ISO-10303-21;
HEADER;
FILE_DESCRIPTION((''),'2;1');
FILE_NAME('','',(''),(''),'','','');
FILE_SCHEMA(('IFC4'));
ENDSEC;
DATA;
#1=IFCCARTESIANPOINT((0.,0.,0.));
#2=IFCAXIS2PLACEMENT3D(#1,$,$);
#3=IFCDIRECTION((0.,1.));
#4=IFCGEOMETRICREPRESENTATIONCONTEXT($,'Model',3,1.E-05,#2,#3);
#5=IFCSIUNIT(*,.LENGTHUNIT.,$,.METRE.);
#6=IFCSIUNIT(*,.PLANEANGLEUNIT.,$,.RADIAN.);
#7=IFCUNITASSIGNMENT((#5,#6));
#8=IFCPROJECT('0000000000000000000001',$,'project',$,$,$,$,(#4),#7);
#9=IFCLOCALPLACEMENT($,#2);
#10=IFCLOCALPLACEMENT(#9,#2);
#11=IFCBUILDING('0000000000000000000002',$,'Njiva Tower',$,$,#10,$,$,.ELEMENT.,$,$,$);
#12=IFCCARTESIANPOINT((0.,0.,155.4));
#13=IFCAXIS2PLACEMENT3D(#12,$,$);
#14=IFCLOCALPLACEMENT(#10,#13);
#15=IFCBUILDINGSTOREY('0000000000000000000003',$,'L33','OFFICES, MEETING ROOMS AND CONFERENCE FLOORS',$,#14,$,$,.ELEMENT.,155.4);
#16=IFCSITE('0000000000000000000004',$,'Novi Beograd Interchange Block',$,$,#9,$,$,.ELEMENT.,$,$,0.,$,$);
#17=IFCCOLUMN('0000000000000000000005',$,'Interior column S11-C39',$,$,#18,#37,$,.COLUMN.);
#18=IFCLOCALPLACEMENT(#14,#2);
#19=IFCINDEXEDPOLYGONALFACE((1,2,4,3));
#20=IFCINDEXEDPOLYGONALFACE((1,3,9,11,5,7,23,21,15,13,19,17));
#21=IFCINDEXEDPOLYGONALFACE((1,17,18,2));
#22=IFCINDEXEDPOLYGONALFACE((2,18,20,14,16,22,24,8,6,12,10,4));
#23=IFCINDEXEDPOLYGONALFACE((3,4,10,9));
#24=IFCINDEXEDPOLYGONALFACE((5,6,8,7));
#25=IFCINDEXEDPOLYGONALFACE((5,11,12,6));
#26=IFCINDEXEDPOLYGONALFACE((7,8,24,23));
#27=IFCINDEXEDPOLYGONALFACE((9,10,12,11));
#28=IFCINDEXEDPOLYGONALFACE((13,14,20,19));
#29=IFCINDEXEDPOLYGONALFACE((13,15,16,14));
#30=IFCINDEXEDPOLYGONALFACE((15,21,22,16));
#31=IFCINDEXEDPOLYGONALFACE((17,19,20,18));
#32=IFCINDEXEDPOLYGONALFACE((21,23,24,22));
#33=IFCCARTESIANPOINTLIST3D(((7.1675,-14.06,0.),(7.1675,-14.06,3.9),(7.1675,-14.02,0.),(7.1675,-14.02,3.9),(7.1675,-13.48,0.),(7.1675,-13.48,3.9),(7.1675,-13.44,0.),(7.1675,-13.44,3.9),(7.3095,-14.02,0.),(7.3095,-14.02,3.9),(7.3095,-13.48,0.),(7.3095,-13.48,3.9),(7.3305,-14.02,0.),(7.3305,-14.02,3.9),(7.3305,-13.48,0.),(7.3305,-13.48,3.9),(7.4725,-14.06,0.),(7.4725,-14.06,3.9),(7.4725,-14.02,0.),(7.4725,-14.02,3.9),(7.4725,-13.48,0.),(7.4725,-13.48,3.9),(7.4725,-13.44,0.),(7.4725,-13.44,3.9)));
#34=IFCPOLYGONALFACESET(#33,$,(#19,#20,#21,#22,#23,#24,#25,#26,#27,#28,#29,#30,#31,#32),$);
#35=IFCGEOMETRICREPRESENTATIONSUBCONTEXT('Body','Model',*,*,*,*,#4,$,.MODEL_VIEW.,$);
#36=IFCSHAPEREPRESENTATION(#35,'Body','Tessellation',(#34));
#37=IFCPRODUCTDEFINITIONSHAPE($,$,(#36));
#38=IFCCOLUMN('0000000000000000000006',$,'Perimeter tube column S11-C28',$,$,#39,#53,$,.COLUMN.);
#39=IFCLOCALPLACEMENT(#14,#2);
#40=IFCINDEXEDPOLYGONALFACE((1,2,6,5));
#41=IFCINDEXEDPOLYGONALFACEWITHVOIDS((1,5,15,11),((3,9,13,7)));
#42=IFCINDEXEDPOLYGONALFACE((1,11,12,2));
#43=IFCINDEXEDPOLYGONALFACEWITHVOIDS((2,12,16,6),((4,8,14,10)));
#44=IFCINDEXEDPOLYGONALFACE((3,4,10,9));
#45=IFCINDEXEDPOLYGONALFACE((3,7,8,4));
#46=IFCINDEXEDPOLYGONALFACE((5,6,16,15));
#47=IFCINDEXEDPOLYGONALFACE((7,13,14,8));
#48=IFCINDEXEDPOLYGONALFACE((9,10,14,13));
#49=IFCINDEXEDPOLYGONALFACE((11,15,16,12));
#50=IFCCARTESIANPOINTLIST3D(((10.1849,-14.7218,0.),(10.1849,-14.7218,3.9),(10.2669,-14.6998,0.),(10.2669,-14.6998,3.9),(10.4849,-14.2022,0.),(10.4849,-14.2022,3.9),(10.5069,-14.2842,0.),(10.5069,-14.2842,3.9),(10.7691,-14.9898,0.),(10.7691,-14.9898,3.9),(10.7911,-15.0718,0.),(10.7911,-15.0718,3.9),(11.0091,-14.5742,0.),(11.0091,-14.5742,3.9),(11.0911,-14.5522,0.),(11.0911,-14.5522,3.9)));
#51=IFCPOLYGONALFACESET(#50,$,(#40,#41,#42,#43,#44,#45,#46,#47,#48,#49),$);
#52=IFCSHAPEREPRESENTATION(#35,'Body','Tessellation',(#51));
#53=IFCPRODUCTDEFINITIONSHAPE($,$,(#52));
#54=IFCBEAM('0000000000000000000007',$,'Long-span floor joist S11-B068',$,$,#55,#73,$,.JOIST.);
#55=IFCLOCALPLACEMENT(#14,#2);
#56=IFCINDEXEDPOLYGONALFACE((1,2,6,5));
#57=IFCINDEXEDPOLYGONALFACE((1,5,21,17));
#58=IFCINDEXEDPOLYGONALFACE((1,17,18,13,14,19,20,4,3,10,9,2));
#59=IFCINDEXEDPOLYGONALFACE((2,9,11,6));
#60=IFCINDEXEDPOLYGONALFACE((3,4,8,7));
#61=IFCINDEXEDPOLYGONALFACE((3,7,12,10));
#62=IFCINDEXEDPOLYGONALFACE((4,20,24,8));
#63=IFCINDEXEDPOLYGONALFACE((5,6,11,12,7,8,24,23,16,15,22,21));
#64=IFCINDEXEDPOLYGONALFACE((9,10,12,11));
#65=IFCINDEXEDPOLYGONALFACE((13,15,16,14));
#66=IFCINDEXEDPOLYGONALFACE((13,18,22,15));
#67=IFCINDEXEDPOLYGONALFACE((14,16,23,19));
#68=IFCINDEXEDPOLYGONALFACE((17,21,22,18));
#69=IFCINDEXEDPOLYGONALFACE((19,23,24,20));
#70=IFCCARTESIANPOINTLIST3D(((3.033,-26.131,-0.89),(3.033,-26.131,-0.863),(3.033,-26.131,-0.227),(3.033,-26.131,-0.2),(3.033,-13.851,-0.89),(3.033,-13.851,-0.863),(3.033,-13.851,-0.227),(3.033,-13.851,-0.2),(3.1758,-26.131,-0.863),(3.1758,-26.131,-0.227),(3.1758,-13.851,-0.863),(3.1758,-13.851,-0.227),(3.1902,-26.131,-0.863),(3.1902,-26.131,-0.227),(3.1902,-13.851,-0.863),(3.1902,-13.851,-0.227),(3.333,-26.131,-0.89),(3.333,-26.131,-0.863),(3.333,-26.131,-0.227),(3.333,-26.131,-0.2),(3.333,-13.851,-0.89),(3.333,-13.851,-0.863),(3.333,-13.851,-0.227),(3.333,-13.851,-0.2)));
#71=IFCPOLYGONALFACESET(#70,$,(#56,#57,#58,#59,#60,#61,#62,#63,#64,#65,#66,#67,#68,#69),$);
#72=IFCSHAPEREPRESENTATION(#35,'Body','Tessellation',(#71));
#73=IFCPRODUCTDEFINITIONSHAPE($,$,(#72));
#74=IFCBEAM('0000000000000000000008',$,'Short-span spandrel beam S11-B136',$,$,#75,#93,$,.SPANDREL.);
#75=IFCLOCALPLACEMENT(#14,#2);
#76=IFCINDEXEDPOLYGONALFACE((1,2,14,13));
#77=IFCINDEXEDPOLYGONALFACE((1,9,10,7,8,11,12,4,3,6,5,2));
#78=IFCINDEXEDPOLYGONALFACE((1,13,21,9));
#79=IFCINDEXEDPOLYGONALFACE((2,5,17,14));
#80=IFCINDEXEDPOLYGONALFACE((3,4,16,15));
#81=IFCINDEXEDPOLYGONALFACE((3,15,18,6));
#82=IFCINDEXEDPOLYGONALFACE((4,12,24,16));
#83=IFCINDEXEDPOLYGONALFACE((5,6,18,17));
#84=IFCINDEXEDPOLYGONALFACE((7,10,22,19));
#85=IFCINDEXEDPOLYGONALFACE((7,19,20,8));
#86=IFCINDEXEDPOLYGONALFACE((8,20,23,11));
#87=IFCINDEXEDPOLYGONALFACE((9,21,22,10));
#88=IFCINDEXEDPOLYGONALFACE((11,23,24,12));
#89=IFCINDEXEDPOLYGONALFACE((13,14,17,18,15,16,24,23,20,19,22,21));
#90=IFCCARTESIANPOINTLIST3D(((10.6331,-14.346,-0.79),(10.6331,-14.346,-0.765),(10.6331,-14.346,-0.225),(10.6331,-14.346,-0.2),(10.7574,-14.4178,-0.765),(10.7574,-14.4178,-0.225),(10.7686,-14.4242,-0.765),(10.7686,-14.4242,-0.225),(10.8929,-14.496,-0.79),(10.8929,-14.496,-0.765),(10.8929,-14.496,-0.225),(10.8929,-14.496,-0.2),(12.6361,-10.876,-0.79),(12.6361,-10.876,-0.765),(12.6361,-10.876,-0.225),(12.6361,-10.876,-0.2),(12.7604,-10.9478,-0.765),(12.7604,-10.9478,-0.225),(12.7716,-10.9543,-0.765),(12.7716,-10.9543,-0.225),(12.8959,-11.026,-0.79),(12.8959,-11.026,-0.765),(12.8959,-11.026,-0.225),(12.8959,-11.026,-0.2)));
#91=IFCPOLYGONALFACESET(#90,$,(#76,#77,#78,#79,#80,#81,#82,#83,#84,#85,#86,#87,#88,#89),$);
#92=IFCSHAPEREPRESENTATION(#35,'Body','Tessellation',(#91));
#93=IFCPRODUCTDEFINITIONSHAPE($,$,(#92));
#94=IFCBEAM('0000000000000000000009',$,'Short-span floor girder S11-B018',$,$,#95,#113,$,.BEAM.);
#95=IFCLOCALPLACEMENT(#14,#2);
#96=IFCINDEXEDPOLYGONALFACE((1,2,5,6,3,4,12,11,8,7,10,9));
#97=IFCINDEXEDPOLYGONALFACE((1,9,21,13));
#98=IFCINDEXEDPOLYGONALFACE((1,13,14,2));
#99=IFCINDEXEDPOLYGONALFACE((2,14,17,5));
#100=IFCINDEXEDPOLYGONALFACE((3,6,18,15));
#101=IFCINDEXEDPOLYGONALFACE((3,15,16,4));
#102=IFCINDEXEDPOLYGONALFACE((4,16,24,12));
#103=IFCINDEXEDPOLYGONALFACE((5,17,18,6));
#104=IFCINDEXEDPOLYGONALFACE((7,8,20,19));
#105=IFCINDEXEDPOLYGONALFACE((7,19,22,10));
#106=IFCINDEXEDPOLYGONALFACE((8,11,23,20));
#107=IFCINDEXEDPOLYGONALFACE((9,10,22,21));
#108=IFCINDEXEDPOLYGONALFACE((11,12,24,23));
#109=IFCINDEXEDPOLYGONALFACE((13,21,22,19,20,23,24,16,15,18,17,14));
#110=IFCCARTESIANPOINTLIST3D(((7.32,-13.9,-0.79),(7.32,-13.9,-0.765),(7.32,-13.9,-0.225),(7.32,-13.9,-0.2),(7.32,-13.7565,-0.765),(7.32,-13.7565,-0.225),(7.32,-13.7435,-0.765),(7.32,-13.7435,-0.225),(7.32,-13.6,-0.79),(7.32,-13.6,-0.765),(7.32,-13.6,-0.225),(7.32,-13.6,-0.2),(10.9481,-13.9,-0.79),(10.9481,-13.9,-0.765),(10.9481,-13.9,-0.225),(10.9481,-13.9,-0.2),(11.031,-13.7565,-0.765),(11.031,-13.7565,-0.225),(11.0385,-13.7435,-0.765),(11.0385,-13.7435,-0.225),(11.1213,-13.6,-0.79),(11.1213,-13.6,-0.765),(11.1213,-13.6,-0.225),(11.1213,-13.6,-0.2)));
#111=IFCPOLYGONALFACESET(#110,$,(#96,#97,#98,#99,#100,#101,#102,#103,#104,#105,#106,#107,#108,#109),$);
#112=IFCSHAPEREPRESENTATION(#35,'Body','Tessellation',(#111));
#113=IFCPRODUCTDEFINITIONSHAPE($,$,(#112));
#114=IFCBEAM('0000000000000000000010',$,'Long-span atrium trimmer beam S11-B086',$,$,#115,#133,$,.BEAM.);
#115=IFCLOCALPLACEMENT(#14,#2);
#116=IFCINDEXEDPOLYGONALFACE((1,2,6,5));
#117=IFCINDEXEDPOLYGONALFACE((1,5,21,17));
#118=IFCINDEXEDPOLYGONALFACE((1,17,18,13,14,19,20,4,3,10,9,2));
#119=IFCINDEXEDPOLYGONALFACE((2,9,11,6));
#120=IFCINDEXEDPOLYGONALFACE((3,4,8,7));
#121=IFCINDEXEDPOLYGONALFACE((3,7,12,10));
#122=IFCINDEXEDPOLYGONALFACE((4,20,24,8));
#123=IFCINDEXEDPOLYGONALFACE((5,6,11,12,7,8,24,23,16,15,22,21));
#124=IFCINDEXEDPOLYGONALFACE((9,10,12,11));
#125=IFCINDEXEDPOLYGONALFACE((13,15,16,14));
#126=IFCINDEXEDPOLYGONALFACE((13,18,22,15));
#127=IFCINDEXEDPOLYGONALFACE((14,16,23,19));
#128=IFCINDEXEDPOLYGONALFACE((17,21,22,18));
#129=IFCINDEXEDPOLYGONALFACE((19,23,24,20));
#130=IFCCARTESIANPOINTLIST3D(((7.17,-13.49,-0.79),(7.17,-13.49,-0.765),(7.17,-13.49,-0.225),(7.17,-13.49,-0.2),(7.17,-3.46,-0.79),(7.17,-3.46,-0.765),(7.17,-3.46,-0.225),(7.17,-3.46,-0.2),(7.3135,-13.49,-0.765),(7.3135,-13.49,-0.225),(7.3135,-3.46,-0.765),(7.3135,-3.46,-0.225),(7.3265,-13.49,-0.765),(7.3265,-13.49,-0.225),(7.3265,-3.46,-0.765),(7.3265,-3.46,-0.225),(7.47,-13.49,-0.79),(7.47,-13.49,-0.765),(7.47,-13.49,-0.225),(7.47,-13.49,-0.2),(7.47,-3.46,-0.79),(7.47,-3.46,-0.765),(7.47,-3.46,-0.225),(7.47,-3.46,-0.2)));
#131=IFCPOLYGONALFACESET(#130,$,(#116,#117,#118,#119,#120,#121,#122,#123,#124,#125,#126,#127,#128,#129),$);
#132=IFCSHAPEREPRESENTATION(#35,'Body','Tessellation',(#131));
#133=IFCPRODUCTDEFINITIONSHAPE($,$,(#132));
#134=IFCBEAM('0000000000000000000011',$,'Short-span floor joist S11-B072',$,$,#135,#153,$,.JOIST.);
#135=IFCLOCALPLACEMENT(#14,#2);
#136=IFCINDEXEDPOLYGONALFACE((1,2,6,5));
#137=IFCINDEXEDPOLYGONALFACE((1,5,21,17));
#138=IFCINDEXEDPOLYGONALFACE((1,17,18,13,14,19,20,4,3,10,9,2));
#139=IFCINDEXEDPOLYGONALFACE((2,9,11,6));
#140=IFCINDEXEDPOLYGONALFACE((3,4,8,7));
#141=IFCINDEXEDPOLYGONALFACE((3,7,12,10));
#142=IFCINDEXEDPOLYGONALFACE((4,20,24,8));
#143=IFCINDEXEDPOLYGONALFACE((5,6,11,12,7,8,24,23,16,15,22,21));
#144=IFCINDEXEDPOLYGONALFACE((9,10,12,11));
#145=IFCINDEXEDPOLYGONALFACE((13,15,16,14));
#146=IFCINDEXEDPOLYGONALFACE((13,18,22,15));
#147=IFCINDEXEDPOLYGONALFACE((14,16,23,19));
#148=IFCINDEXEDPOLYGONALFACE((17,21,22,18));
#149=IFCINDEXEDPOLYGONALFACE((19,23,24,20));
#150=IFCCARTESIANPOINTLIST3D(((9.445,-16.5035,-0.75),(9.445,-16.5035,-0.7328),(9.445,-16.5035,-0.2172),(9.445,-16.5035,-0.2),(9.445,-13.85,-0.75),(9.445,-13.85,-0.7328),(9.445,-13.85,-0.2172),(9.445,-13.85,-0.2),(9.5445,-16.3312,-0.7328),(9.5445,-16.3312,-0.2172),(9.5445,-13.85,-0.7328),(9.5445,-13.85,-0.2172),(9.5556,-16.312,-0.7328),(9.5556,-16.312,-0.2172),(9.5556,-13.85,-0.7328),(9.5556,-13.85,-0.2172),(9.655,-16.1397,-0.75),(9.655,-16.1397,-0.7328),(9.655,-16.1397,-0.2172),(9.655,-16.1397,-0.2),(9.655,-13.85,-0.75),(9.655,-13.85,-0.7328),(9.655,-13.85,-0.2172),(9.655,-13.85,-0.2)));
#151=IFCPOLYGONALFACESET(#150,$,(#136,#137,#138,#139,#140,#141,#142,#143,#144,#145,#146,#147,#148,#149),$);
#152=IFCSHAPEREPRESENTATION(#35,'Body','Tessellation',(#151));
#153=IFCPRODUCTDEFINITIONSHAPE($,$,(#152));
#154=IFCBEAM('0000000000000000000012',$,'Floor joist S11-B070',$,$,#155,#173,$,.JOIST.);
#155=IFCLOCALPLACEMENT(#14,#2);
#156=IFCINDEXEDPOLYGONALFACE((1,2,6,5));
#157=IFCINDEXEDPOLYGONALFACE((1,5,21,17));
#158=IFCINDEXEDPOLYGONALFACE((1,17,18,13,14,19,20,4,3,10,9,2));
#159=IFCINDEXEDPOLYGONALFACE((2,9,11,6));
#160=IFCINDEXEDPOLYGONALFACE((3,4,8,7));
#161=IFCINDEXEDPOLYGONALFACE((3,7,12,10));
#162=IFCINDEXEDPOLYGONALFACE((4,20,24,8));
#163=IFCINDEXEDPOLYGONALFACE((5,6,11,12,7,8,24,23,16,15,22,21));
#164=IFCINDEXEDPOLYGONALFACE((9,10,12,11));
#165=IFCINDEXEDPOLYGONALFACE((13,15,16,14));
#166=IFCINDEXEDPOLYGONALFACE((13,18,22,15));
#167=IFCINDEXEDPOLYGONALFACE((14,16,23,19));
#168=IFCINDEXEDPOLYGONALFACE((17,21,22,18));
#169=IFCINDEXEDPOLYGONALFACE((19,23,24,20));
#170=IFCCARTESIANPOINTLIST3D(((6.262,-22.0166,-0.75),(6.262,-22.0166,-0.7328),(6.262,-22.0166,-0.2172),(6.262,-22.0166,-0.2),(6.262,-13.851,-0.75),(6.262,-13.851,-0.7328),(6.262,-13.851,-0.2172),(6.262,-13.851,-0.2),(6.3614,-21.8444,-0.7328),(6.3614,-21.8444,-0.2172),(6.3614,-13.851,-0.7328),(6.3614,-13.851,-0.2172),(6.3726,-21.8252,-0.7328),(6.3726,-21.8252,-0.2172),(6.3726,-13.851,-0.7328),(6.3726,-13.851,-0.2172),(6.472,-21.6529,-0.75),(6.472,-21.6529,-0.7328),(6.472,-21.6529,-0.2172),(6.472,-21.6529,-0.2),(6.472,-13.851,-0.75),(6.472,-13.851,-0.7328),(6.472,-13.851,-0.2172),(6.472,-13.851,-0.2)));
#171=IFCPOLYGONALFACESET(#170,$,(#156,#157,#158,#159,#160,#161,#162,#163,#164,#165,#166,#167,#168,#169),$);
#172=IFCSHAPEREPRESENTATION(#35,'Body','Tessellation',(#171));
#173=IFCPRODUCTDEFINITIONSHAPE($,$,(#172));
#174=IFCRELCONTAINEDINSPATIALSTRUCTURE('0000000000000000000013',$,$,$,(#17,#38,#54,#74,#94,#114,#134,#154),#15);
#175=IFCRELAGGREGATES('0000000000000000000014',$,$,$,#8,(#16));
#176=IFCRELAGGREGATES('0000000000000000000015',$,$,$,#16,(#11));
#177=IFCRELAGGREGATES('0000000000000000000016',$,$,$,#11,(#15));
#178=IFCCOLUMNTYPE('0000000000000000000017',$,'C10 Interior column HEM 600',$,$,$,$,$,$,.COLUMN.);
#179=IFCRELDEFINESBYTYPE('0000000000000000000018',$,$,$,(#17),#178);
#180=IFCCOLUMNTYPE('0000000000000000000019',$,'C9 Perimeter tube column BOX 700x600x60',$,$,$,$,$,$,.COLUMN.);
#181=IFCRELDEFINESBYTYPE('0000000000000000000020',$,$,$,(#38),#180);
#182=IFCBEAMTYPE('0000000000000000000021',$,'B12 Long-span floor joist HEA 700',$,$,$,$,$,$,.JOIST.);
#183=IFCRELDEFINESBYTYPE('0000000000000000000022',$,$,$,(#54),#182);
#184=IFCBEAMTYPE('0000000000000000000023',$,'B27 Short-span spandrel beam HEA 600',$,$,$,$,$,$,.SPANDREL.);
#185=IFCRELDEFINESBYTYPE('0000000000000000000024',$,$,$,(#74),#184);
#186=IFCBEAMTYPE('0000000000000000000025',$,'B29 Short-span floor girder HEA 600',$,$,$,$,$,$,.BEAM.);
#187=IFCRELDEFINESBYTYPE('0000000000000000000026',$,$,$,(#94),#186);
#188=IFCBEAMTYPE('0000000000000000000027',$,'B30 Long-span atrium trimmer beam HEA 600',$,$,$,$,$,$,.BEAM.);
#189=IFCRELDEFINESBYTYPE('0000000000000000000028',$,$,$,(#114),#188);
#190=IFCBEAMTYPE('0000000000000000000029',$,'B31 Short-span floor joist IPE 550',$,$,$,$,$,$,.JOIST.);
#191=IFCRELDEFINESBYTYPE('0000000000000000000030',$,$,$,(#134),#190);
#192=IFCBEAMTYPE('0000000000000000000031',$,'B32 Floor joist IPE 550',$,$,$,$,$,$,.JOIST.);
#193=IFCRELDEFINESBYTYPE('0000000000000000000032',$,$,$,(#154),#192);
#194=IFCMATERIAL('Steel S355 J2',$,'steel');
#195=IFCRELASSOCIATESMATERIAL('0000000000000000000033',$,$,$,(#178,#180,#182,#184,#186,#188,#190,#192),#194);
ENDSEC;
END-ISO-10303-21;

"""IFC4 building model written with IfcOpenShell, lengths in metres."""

from ifc_helpers import new_model, si_unit, direction, frame, origin, origin_2d, place, context, subcontext, project, spatial, hollow_rectangle, i_section, extrude, clip, halfspace, material, material_profile, profile_set, type_object, element, save


model = new_model("IFC4")

# Units and contexts
model_context = context("Model", 3, precision=1e-05, world=origin(), true_north=direction((0.0, 1.0)))
body_context = subcontext(model_context, "Body", "Model", "MODEL_VIEW")
ifc_project = project(units=[si_unit("LENGTHUNIT", "METRE"), si_unit("PLANEANGLEUNIT", "RADIAN")], contexts=[model_context])

# Site, building, storey
site_placement = place(None, origin())
site = spatial("IfcSite", under=ifc_project, at=site_placement, Name="Novi Beograd Interchange Block", CompositionType="ELEMENT", RefElevation=0.0)
building_placement = place(site_placement, origin())
building = spatial("IfcBuilding", under=site, at=building_placement, Name="Njiva Tower", CompositionType="ELEMENT")
storey_placement = place(building_placement, frame((0.0, 0.0, 155.4)))
storey = spatial("IfcBuildingStorey", under=building, at=storey_placement, Name="L33", Description="OFFICES, MEETING ROOMS AND CONFERENCE FLOORS", CompositionType="ELEMENT", Elevation=155.4)

# Columns
ifc_material_1 = material(Name="Steel S355 J2", Category="steel")
ifc_material_profile_1 = material_profile(ifc_material_1, i_section(OverallWidth=0.305, OverallDepth=0.62, WebThickness=0.021, FlangeThickness=0.04, at=origin_2d()), Name="HEM 600")
ifc_profile_set_1 = profile_set([ifc_material_profile_1], Name="Steel S355 J2")
column_type_1 = type_object("IfcColumnType", Name="C10 Interior column HEM 600", PredefinedType="COLUMN", material=ifc_profile_set_1)
column_1_placement = place(storey_placement, frame((7.32, -13.75, 0.0), z_axis=(0.0, 0.0, 1.0), x_axis=(1.0, 0.0, 0.0)))
element("IfcColumn", 1, at=column_1_placement, inside=storey, type_object=column_type_1, Name="Interior column S11-C39", PredefinedType="COLUMN", context=body_context, shape_type="SweptSolid", body=[
    extrude(i_section(OverallWidth=0.305, OverallDepth=0.62, WebThickness=0.021, FlangeThickness=0.04, at=origin_2d()), origin(), (0.0, 0.0, 1.0), 3.9),
])
ifc_material_profile_2 = material_profile(ifc_material_1, hollow_rectangle(XDim=0.6, YDim=0.7, WallThickness=0.06, at=origin_2d()), Name="BOX 700x600x60")
ifc_profile_set_2 = profile_set([ifc_material_profile_2], Name="Steel S355 J2")
column_type_2 = type_object("IfcColumnType", Name="C9 Perimeter tube column BOX 700x600x60", PredefinedType="COLUMN", material=ifc_profile_set_2)
column_2_placement = place(storey_placement, frame((10.638, -14.637, 0.0), z_axis=(0.0, 0.0, 1.0), x_axis=(0.5, 0.866025, 0.0)))
element("IfcColumn", 2, at=column_2_placement, inside=storey, type_object=column_type_2, Name="Perimeter tube column S11-C28", PredefinedType="COLUMN", context=body_context, shape_type="SweptSolid", body=[
    extrude(hollow_rectangle(XDim=0.6, YDim=0.7, WallThickness=0.06, at=origin_2d()), origin(), (0.0, 0.0, 1.0), 3.9),
])

# Beams
ifc_material_profile_3 = material_profile(ifc_material_1, i_section(OverallWidth=0.3, OverallDepth=0.69, WebThickness=0.0145, FlangeThickness=0.027, at=origin_2d()), Name="HEA 700")
ifc_profile_set_3 = profile_set([ifc_material_profile_3], Name="Steel S355 J2")
beam_type_1 = type_object("IfcBeamType", Name="B12 Long-span floor joist HEA 700", PredefinedType="JOIST", material=ifc_profile_set_3)
beam_1_placement = place(storey_placement, frame((3.183, -13.851, -0.545), z_axis=(0.0, -1.0, 0.0), x_axis=(1.0, 0.0, 0.0)))
element("IfcBeam", 3, at=beam_1_placement, inside=storey, type_object=beam_type_1, Name="Long-span floor joist S11-B068", PredefinedType="JOIST", context=body_context, shape_type="SweptSolid", body=[
    extrude(i_section(OverallWidth=0.3, OverallDepth=0.69, WebThickness=0.0145, FlangeThickness=0.027, at=origin_2d()), origin(), (0.0, 0.0, 1.0), 12.28),
])
ifc_material_profile_4 = material_profile(ifc_material_1, i_section(OverallWidth=0.3, OverallDepth=0.59, WebThickness=0.013, FlangeThickness=0.025, at=origin_2d()), Name="HEA 600")
ifc_profile_set_4 = profile_set([ifc_material_profile_4], Name="Steel S355 J2")
beam_type_2 = type_object("IfcBeamType", Name="B27 Short-span spandrel beam HEA 600", PredefinedType="SPANDREL", material=ifc_profile_set_4)
beam_2_placement = place(storey_placement, frame((10.763, -14.421, -0.495), z_axis=(0.499924, 0.866069, 0.0), x_axis=(-0.866069, 0.499924, 0.0)))
element("IfcBeam", 4, at=beam_2_placement, inside=storey, type_object=beam_type_2, Name="Short-span spandrel beam S11-B136", PredefinedType="SPANDREL", context=body_context, shape_type="SweptSolid", body=[
    extrude(i_section(OverallWidth=0.3, OverallDepth=0.59, WebThickness=0.013, FlangeThickness=0.025, at=origin_2d()), origin(), (0.0, 0.0, 1.0), 4.0066),
])
ifc_material_profile_5 = material_profile(ifc_material_1, i_section(OverallWidth=0.3, OverallDepth=0.59, WebThickness=0.013, FlangeThickness=0.025, at=origin_2d()), Name="HEA 600")
ifc_profile_set_5 = profile_set([ifc_material_profile_5], Name="Steel S355 J2")
beam_type_3 = type_object("IfcBeamType", Name="B29 Short-span floor girder HEA 600", PredefinedType="BEAM", material=ifc_profile_set_5)
beam_3_placement = place(storey_placement, frame((7.32, -13.75, -0.495), z_axis=(1.0, 0.0, 0.0), x_axis=(0.0, 1.0, 0.0)))
element("IfcBeam", 5, at=beam_3_placement, inside=storey, type_object=beam_type_3, Name="Short-span floor girder S11-B018", PredefinedType="BEAM", context=body_context, shape_type="Clipping", body=[
    clip(extrude(i_section(OverallWidth=0.3, OverallDepth=0.59, WebThickness=0.013, FlangeThickness=0.025, at=origin_2d()), origin(), (0.0, 0.0, 1.0), 3.822), halfspace(frame((-0.025, 0.0, 3.7003), z_axis=(-0.499998, 0.0, 0.866027), x_axis=(0.0, 1.0, 0.0)), False)),
])
ifc_material_profile_6 = material_profile(ifc_material_1, i_section(OverallWidth=0.3, OverallDepth=0.59, WebThickness=0.013, FlangeThickness=0.025, at=origin_2d()), Name="HEA 600")
ifc_profile_set_6 = profile_set([ifc_material_profile_6], Name="Steel S355 J2")
beam_type_4 = type_object("IfcBeamType", Name="B30 Long-span atrium trimmer beam HEA 600", PredefinedType="BEAM", material=ifc_profile_set_6)
beam_4_placement = place(storey_placement, frame((7.32, -13.49, -0.495), z_axis=(0.0, 1.0, 0.0), x_axis=(-1.0, 0.0, 0.0)))
element("IfcBeam", 6, at=beam_4_placement, inside=storey, type_object=beam_type_4, Name="Long-span atrium trimmer beam S11-B086", PredefinedType="BEAM", context=body_context, shape_type="SweptSolid", body=[
    extrude(i_section(OverallWidth=0.3, OverallDepth=0.59, WebThickness=0.013, FlangeThickness=0.025, at=origin_2d()), origin(), (0.0, 0.0, 1.0), 10.03),
])
ifc_material_profile_7 = material_profile(ifc_material_1, i_section(OverallWidth=0.21, OverallDepth=0.55, WebThickness=0.0111, FlangeThickness=0.0172, at=origin_2d()), Name="IPE 550")
ifc_profile_set_7 = profile_set([ifc_material_profile_7], Name="Steel S355 J2")
beam_type_5 = type_object("IfcBeamType", Name="B31 Short-span floor joist IPE 550", PredefinedType="JOIST", material=ifc_profile_set_7)
beam_5_placement = place(storey_placement, frame((9.55, -13.85, -0.475), z_axis=(0.0, -1.0, 0.0), x_axis=(1.0, 0.0, 0.0)))
element("IfcBeam", 7, at=beam_5_placement, inside=storey, type_object=beam_type_5, Name="Short-span floor joist S11-B072", PredefinedType="JOIST", context=body_context, shape_type="Clipping", body=[
    clip(extrude(i_section(OverallWidth=0.21, OverallDepth=0.55, WebThickness=0.0111, FlangeThickness=0.0172, at=origin_2d()), origin(), (0.0, 0.0, 1.0), 2.674), halfspace(frame((0.0433, 0.0, 2.3966), z_axis=(0.866027, 0.0, 0.499998), x_axis=(0.0, 1.0, 0.0)), False)),
])
ifc_material_profile_8 = material_profile(ifc_material_1, i_section(OverallWidth=0.21, OverallDepth=0.55, WebThickness=0.0111, FlangeThickness=0.0172, at=origin_2d()), Name="IPE 550")
ifc_profile_set_8 = profile_set([ifc_material_profile_8], Name="Steel S355 J2")
beam_type_6 = type_object("IfcBeamType", Name="B32 Floor joist IPE 550", PredefinedType="JOIST", material=ifc_profile_set_8)
beam_6_placement = place(storey_placement, frame((6.367, -13.851, -0.475), z_axis=(0.0, -1.0, 0.0), x_axis=(1.0, 0.0, 0.0)))
element("IfcBeam", 8, at=beam_6_placement, inside=storey, type_object=beam_type_6, Name="Floor joist S11-B070", PredefinedType="JOIST", context=body_context, shape_type="Clipping", body=[
    clip(extrude(i_section(OverallWidth=0.21, OverallDepth=0.55, WebThickness=0.0111, FlangeThickness=0.0172, at=origin_2d()), origin(), (0.0, 0.0, 1.0), 8.186), halfspace(frame((0.043, 0.0, 7.9093), z_axis=(0.866027, 0.0, 0.499998), x_axis=(0.0, 1.0, 0.0)), False)),
])

save(model, "model.ifc")
